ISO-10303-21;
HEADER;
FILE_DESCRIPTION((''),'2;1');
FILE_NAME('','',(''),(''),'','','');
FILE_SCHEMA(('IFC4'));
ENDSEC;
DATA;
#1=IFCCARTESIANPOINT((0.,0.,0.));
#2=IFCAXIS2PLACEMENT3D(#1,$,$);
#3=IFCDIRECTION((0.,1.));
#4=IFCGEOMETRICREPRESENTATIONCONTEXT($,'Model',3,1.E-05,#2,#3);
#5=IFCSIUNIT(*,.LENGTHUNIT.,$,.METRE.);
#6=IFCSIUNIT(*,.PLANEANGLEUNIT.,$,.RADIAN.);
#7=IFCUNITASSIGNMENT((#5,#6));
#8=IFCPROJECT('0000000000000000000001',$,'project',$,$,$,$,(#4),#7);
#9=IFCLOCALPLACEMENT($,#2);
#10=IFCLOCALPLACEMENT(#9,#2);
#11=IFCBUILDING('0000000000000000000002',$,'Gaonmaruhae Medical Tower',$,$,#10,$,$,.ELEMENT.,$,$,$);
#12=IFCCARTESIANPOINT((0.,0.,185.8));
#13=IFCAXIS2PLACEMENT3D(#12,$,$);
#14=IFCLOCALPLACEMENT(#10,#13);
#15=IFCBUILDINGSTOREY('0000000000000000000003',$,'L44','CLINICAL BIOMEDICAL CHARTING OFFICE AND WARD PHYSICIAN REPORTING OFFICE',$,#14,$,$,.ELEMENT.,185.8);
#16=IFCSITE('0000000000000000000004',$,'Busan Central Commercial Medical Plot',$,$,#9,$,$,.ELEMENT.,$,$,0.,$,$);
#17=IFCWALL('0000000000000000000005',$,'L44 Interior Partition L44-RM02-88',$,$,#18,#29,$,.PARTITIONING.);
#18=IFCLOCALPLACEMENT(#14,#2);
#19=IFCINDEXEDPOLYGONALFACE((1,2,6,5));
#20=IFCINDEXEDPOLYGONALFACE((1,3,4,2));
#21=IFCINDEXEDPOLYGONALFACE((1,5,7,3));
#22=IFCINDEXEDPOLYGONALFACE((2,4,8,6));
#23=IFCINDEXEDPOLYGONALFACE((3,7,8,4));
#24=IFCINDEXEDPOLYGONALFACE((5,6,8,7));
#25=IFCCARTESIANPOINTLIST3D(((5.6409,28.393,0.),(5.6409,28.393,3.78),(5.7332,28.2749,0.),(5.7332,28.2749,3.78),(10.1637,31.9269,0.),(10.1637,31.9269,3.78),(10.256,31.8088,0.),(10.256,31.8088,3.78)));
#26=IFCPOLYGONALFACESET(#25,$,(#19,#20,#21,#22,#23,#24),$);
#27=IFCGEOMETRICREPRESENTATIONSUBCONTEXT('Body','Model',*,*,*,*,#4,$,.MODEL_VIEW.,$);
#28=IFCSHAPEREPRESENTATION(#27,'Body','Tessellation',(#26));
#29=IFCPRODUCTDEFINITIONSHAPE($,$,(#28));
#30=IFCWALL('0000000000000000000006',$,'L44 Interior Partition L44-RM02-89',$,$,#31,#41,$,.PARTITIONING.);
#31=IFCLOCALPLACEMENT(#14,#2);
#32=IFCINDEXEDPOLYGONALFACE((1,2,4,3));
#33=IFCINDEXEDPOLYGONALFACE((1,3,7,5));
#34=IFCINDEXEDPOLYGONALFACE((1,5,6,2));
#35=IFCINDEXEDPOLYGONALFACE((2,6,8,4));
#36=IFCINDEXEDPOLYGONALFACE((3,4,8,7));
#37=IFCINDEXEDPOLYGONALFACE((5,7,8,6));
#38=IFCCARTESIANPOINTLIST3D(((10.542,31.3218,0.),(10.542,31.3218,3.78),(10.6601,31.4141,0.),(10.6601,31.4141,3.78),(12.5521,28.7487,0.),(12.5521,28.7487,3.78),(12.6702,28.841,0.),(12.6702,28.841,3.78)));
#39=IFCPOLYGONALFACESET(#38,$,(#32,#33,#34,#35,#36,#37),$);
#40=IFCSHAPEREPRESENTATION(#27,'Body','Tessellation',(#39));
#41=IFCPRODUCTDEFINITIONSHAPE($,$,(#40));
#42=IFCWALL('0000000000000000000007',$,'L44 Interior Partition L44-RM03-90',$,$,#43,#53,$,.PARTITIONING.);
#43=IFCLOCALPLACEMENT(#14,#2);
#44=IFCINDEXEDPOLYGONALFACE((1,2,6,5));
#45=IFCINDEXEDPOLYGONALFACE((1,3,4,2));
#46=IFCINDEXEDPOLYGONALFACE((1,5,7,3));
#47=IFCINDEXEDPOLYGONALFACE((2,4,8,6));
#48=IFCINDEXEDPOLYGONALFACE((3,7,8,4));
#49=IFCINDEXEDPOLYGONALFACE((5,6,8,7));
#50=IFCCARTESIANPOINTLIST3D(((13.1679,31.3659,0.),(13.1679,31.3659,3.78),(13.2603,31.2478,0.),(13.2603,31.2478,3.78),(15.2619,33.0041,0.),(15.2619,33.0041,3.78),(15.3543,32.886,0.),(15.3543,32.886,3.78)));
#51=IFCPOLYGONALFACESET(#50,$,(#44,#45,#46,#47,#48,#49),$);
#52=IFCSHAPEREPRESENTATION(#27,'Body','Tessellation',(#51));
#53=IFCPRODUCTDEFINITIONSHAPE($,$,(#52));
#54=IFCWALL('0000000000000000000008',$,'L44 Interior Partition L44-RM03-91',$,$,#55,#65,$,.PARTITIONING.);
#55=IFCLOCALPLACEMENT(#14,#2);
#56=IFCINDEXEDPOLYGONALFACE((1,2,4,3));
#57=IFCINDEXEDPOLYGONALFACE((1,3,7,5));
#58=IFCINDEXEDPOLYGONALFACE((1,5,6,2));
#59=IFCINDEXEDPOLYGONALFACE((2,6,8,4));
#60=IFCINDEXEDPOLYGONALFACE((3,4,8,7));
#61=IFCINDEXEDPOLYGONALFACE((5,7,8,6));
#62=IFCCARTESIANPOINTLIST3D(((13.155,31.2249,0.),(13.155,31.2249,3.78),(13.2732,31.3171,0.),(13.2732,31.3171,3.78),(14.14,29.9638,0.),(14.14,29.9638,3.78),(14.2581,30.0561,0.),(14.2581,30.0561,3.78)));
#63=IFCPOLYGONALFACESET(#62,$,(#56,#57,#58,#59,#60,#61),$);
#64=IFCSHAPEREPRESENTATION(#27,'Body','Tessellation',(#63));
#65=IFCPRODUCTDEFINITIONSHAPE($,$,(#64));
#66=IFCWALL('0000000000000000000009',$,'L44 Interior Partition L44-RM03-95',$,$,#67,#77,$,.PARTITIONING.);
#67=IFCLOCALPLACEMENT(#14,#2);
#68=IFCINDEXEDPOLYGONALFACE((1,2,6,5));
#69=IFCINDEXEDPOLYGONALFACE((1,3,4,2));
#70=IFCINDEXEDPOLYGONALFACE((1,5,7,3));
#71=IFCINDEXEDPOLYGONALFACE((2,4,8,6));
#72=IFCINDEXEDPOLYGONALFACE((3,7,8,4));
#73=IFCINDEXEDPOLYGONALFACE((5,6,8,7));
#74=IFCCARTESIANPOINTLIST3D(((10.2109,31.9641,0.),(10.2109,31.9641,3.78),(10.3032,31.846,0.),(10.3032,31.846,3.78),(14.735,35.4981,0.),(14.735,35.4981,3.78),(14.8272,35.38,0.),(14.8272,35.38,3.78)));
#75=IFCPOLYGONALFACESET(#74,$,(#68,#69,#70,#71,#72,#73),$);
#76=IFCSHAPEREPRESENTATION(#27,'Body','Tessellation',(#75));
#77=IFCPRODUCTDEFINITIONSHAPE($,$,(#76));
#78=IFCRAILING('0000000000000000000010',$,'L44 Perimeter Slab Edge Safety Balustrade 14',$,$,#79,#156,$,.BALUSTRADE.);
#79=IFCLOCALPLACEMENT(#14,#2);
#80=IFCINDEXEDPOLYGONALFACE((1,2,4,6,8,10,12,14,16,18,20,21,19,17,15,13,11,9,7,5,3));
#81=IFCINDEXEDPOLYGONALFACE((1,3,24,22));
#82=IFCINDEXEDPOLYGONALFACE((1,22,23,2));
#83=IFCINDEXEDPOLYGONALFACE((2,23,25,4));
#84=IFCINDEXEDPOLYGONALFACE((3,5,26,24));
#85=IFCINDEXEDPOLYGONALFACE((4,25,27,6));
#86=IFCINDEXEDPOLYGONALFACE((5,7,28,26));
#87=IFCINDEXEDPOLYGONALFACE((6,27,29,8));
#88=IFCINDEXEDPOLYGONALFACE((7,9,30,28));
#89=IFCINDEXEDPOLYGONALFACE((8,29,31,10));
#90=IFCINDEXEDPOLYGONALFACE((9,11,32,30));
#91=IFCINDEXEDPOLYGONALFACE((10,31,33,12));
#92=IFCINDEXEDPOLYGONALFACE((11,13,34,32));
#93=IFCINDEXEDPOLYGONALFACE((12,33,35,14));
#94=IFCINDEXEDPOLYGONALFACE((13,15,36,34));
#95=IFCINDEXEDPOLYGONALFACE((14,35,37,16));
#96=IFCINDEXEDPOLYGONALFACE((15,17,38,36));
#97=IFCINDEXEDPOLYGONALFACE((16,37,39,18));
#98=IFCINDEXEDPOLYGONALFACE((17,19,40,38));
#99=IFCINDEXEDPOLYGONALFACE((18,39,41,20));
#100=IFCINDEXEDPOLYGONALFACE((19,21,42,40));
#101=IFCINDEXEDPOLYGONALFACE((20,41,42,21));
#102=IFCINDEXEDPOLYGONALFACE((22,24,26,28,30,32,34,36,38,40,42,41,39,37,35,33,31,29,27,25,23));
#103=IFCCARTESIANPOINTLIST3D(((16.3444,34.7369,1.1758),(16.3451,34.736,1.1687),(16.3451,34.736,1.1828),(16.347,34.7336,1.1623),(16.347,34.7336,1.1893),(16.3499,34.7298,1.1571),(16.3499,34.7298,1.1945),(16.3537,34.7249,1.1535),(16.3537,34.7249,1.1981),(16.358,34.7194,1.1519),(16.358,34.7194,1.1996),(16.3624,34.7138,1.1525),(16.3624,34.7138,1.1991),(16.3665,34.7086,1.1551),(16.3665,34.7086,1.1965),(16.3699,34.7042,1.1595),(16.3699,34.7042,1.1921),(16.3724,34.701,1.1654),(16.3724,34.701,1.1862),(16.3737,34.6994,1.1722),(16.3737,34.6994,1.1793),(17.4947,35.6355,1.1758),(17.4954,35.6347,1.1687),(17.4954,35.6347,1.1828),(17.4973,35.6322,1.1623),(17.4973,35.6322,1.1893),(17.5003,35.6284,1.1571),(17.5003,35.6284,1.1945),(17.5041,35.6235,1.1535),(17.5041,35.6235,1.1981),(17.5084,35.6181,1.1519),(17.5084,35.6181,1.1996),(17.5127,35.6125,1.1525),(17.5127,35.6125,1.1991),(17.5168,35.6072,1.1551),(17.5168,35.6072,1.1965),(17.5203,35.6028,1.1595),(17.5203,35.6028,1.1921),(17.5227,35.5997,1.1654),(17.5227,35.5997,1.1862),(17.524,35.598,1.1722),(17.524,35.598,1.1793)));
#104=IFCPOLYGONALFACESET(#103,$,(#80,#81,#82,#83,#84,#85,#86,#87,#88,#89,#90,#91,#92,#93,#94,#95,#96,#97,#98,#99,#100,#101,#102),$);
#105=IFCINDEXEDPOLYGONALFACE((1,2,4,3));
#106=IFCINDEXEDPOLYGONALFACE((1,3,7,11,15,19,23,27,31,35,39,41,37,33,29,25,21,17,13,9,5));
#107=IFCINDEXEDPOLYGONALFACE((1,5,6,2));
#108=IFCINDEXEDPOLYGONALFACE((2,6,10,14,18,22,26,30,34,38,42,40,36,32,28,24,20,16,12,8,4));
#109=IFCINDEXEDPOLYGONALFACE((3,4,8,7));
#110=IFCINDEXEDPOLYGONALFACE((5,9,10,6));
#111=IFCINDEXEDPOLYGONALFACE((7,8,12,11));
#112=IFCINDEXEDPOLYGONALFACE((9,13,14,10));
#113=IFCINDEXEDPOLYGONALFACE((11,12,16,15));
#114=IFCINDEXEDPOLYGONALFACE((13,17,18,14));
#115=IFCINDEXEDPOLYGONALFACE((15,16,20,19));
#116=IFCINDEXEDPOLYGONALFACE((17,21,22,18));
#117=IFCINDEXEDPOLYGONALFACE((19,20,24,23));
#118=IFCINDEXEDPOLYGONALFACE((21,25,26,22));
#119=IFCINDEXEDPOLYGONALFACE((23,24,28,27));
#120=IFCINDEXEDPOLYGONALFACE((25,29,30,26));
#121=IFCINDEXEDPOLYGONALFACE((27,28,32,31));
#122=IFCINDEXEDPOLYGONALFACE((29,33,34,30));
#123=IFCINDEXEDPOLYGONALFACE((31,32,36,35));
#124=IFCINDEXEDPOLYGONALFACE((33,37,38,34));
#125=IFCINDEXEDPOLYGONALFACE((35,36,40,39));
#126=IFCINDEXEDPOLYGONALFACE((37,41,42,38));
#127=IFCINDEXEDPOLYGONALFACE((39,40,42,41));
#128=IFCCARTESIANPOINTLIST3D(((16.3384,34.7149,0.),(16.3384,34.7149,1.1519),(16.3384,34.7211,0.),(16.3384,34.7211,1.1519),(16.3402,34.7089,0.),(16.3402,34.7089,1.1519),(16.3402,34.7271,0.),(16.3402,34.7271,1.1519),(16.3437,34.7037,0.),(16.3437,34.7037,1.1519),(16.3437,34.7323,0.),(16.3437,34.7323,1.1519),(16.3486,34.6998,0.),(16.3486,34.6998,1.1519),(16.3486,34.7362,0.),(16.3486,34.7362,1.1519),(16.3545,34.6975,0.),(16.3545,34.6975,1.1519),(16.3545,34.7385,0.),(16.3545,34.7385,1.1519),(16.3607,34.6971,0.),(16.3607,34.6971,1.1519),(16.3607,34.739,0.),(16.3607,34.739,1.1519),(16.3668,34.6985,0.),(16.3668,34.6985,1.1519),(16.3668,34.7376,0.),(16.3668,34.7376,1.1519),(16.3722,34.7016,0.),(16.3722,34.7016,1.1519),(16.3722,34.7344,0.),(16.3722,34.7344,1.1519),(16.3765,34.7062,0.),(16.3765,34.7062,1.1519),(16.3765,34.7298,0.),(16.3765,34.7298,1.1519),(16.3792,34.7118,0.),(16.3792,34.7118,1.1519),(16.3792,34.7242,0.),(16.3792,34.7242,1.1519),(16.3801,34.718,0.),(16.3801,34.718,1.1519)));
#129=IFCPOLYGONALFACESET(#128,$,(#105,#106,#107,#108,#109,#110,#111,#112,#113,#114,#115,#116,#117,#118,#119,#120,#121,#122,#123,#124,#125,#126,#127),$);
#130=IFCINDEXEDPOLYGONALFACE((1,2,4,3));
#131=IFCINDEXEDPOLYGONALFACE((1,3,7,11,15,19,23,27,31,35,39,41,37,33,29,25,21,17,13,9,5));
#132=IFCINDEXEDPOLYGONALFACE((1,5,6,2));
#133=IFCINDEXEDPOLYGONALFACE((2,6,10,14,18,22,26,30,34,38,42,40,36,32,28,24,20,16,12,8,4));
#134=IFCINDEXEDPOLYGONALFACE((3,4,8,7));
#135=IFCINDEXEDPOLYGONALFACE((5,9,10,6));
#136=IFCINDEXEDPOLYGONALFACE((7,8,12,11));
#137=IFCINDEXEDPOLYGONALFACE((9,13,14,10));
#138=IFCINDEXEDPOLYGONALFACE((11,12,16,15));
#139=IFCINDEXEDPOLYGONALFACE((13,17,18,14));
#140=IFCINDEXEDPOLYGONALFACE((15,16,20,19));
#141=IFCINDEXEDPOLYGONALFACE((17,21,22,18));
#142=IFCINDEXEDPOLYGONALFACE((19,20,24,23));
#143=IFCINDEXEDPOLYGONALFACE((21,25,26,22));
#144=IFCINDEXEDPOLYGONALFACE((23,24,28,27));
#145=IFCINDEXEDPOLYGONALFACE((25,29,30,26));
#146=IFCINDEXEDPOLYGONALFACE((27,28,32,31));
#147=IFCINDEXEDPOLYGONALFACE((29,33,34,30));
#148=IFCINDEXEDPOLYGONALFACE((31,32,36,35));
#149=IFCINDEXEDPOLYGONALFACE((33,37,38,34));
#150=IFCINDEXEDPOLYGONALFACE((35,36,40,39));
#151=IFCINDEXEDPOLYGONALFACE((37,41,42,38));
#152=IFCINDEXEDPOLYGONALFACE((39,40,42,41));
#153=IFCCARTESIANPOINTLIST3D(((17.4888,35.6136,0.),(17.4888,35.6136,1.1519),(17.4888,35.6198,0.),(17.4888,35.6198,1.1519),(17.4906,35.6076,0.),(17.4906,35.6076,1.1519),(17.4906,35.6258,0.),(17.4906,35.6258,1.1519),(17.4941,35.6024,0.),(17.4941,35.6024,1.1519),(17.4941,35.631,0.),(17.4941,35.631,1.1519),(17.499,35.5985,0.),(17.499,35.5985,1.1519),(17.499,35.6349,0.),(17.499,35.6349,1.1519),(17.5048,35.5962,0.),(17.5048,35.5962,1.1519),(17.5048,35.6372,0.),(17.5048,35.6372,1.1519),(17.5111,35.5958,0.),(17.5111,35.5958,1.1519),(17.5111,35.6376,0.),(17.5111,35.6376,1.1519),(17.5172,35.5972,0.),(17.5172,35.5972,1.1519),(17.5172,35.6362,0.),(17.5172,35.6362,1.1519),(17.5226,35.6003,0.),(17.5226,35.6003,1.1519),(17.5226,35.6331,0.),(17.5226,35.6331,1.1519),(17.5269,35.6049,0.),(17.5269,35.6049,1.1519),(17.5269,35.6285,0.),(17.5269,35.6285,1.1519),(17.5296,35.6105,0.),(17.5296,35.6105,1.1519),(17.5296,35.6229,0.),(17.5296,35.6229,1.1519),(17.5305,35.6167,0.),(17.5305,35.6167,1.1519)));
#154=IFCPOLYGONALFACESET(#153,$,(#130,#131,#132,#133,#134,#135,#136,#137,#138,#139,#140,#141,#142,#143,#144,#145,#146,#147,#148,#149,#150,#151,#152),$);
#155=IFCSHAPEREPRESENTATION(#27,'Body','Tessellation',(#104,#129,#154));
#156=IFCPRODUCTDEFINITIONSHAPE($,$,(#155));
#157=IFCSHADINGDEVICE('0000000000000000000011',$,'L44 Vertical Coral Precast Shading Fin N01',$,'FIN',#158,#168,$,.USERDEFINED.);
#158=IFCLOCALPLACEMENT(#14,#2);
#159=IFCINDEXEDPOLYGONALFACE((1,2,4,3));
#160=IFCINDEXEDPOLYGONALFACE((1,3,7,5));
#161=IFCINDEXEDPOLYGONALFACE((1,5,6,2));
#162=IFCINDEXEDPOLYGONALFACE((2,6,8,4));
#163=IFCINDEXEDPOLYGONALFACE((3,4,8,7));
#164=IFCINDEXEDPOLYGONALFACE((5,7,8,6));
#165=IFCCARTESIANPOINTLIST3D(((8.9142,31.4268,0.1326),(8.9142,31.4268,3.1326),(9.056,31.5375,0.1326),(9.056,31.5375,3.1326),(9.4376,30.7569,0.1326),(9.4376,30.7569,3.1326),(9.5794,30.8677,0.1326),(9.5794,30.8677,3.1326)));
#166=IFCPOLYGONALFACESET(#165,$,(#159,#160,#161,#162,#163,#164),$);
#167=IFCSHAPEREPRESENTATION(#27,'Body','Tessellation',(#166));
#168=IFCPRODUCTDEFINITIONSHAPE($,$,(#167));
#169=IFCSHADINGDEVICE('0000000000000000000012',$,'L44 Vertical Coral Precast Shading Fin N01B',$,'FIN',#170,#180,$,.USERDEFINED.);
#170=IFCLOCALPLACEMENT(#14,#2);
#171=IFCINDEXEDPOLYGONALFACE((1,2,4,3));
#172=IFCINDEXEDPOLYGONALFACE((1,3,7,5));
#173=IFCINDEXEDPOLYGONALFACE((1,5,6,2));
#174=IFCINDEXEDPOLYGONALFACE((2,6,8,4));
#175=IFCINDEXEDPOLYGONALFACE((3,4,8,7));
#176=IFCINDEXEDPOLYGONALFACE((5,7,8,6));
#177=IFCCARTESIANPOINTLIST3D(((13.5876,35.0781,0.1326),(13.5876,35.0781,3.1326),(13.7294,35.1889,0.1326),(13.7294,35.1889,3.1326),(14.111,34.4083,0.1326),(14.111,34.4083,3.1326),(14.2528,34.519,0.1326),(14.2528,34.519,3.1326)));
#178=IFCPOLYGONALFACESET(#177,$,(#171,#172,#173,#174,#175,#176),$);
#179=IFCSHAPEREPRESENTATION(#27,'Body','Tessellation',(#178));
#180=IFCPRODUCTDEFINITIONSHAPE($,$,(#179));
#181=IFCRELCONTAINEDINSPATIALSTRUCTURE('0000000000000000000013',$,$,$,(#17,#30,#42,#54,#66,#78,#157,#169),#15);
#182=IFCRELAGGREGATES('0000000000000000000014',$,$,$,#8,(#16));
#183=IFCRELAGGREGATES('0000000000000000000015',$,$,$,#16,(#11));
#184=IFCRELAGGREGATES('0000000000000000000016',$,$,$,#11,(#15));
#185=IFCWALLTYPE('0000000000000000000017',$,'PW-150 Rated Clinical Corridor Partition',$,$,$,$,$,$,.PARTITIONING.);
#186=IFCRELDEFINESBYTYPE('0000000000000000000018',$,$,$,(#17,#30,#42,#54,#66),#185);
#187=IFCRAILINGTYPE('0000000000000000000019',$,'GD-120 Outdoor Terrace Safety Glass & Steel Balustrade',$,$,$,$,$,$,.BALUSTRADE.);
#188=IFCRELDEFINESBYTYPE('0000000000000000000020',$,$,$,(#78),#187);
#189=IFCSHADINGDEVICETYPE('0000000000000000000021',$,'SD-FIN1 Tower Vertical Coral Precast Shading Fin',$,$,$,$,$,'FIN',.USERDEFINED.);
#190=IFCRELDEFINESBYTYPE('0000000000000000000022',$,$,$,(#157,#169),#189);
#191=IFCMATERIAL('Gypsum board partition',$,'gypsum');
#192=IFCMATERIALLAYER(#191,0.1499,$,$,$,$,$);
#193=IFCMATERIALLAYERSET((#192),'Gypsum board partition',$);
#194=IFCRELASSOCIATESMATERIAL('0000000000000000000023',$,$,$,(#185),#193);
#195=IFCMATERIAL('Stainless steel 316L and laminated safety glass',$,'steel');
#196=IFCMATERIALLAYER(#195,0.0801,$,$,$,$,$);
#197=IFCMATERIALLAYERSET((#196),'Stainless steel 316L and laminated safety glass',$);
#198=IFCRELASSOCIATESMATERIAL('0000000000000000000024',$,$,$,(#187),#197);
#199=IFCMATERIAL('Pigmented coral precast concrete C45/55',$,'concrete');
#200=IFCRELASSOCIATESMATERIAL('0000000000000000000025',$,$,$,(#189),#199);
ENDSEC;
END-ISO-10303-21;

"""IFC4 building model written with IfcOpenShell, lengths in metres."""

from ifc_helpers import new_model, si_unit, direction, frame, frame_2d, origin, origin_2d, place, context, subcontext, project, spatial, rectangle, circle, extrude, material, layer, layer_set, type_object, element, save


model = new_model("IFC4")

# Units and contexts
model_context = context("Model", 3, precision=1e-05, world=origin(), true_north=direction((0.0, 1.0)))
body_context = subcontext(model_context, "Body", "Model", "MODEL_VIEW")
ifc_project = project(units=[si_unit("LENGTHUNIT", "METRE"), si_unit("PLANEANGLEUNIT", "RADIAN")], contexts=[model_context])

# Site, building, storey
site_placement = place(None, origin())
site = spatial("IfcSite", under=ifc_project, at=site_placement, Name="Busan Central Commercial Medical Plot", CompositionType="ELEMENT", RefElevation=0.0)
building_placement = place(site_placement, origin())
building = spatial("IfcBuilding", under=site, at=building_placement, Name="Gaonmaruhae Medical Tower", CompositionType="ELEMENT")
storey_placement = place(building_placement, frame((0.0, 0.0, 185.8)))
storey = spatial("IfcBuildingStorey", under=building, at=storey_placement, Name="L44", Description="CLINICAL BIOMEDICAL CHARTING OFFICE AND WARD PHYSICIAN REPORTING OFFICE", CompositionType="ELEMENT", Elevation=185.8)

# Shared definitions
ifc_material_1 = material(Name="Gypsum board partition", Category="gypsum")
ifc_layer_1 = layer(ifc_material_1, 0.1499)
ifc_layer_set_1 = layer_set([ifc_layer_1], Name="Gypsum board partition")
wall_type_1 = type_object("IfcWallType", Name="PW-150 Rated Clinical Corridor Partition", PredefinedType="PARTITIONING", material=ifc_layer_set_1)

# Walls
wall_1_placement = place(storey_placement, frame((5.687, 28.334, 0.0), z_axis=(0.0, 0.0, 1.0), x_axis=(0.787992, 0.615685, 0.0)))
element("IfcWall", 1, at=wall_1_placement, inside=storey, type_object=wall_type_1, Name="L44 Interior Partition L44-RM02-88", PredefinedType="PARTITIONING", context=body_context, shape_type="SweptSolid", body=[
    extrude(rectangle(XDim=5.7397, YDim=0.1499, at=frame_2d((2.8699, 0.0))), origin(), (0.0, 0.0, 1.0), 3.78),
])
wall_2_placement = place(storey_placement, frame((10.6011, 31.3679, 0.0), z_axis=(0.0, 0.0, 1.0), x_axis=(0.615616, -0.788046, 0.0)))
element("IfcWall", 2, at=wall_2_placement, inside=storey, type_object=wall_type_1, Name="L44 Interior Partition L44-RM02-89", PredefinedType="PARTITIONING", context=body_context, shape_type="SweptSolid", body=[
    extrude(rectangle(XDim=3.2651, YDim=0.1499, at=frame_2d((1.6326, 0.0))), origin(), (0.0, 0.0, 1.0), 3.78),
])
wall_3_placement = place(storey_placement, frame((15.3081, 32.9451, 0.0), z_axis=(0.0, 0.0, 1.0), x_axis=(-0.787614, -0.61617, 0.0)))
element("IfcWall", 3, at=wall_3_placement, inside=storey, type_object=wall_type_1, Name="L44 Interior Partition L44-RM03-90", PredefinedType="PARTITIONING", context=body_context, shape_type="SweptSolid", body=[
    extrude(rectangle(XDim=2.6587, YDim=0.1499, at=frame_2d((1.3293, 0.0))), origin(), (0.0, 0.0, 1.0), 3.78),
])
wall_4_placement = place(storey_placement, frame((13.2141, 31.271, 0.0), z_axis=(0.0, 0.0, 1.0), x_axis=(0.615534, -0.78811, 0.0)))
element("IfcWall", 4, at=wall_4_placement, inside=storey, type_object=wall_type_1, Name="L44 Interior Partition L44-RM03-91", PredefinedType="PARTITIONING", context=body_context, shape_type="SweptSolid", body=[
    extrude(rectangle(XDim=1.6001, YDim=0.1499, at=frame_2d((0.8, 0.0))), origin(), (0.0, 0.0, 1.0), 3.78),
])
wall_5_placement = place(storey_placement, frame((10.2571, 31.905, 0.0), z_axis=(0.0, 0.0, 1.0), x_axis=(0.788057, 0.615603, 0.0)))
element("IfcWall", 5, at=wall_5_placement, inside=storey, type_object=wall_type_1, Name="L44 Interior Partition L44-RM03-95", PredefinedType="PARTITIONING", context=body_context, shape_type="SweptSolid", body=[
    extrude(rectangle(XDim=5.7407, YDim=0.1499, at=frame_2d((2.8704, 0.0))), origin(), (0.0, 0.0, 1.0), 3.78),
])

# Railing
ifc_material_2 = material(Name="Stainless steel 316L and laminated safety glass", Category="steel")
ifc_layer_2 = layer(ifc_material_2, 0.0801)
ifc_layer_set_2 = layer_set([ifc_layer_2], Name="Stainless steel 316L and laminated safety glass")
railing_type = type_object("IfcRailingType", Name="GD-120 Outdoor Terrace Safety Glass & Steel Balustrade", PredefinedType="BALUSTRADE", material=ifc_layer_set_2)
railing_placement = place(storey_placement, frame((16.3591, 34.718, 0.0)))
element("IfcRailing", 6, at=railing_placement, inside=storey, type_object=railing_type, Name="L44 Perimeter Slab Edge Safety Balustrade 14", PredefinedType="BALUSTRADE", context=body_context, shape_type="SweptSolid", body=[
    extrude(circle(Radius=0.0239, at=origin_2d()), frame((0.0, 0.0, 1.1758), z_axis=(0.788045, 0.615618, 0.0), x_axis=(-0.615618, 0.788045, 0.0)), (0.0, 0.0, 1.0), 1.4597),
    extrude(circle(Radius=0.021, at=origin_2d()), origin(), (0.0, 0.0, 1.0), 1.1519),
    extrude(circle(Radius=0.021, at=origin_2d()), frame((1.1504, 0.8987, 0.0)), (0.0, 0.0, 1.0), 1.1519),
])

# Shading devices
ifc_material_3 = material(Name="Pigmented coral precast concrete C45/55", Category="concrete")
shading_device_type = type_object("IfcShadingDeviceType", Name="SD-FIN1 Tower Vertical Coral Precast Shading Fin", ElementType="FIN", PredefinedType="USERDEFINED", material=ifc_material_3)
for number, where, z_axis, x_axis, name in (
    (7, (9.2468, 31.1472, 0.1326), (0.0, 0.0, 1.0), (0.788, 0.615675, 0.0), "L44 Vertical Coral Precast Shading Fin N01"),
    (8, (13.9202, 34.7986, 0.1326), (0.0, 0.0, 1.0), (0.788, 0.615675, 0.0), "L44 Vertical Coral Precast Shading Fin N01B"),
):
    element("IfcShadingDevice", number, at=place(storey_placement, frame(where, z_axis=z_axis, x_axis=x_axis)), inside=storey, type_object=shading_device_type, Name=name, ObjectType="FIN", PredefinedType="USERDEFINED", context=body_context, shape_type="SweptSolid", body=[
        extrude(rectangle(XDim=0.1799, YDim=0.8501, at=origin_2d()), origin(), (0.0, 0.0, 1.0), 3.0),
    ])

save(model, "model.ifc")
